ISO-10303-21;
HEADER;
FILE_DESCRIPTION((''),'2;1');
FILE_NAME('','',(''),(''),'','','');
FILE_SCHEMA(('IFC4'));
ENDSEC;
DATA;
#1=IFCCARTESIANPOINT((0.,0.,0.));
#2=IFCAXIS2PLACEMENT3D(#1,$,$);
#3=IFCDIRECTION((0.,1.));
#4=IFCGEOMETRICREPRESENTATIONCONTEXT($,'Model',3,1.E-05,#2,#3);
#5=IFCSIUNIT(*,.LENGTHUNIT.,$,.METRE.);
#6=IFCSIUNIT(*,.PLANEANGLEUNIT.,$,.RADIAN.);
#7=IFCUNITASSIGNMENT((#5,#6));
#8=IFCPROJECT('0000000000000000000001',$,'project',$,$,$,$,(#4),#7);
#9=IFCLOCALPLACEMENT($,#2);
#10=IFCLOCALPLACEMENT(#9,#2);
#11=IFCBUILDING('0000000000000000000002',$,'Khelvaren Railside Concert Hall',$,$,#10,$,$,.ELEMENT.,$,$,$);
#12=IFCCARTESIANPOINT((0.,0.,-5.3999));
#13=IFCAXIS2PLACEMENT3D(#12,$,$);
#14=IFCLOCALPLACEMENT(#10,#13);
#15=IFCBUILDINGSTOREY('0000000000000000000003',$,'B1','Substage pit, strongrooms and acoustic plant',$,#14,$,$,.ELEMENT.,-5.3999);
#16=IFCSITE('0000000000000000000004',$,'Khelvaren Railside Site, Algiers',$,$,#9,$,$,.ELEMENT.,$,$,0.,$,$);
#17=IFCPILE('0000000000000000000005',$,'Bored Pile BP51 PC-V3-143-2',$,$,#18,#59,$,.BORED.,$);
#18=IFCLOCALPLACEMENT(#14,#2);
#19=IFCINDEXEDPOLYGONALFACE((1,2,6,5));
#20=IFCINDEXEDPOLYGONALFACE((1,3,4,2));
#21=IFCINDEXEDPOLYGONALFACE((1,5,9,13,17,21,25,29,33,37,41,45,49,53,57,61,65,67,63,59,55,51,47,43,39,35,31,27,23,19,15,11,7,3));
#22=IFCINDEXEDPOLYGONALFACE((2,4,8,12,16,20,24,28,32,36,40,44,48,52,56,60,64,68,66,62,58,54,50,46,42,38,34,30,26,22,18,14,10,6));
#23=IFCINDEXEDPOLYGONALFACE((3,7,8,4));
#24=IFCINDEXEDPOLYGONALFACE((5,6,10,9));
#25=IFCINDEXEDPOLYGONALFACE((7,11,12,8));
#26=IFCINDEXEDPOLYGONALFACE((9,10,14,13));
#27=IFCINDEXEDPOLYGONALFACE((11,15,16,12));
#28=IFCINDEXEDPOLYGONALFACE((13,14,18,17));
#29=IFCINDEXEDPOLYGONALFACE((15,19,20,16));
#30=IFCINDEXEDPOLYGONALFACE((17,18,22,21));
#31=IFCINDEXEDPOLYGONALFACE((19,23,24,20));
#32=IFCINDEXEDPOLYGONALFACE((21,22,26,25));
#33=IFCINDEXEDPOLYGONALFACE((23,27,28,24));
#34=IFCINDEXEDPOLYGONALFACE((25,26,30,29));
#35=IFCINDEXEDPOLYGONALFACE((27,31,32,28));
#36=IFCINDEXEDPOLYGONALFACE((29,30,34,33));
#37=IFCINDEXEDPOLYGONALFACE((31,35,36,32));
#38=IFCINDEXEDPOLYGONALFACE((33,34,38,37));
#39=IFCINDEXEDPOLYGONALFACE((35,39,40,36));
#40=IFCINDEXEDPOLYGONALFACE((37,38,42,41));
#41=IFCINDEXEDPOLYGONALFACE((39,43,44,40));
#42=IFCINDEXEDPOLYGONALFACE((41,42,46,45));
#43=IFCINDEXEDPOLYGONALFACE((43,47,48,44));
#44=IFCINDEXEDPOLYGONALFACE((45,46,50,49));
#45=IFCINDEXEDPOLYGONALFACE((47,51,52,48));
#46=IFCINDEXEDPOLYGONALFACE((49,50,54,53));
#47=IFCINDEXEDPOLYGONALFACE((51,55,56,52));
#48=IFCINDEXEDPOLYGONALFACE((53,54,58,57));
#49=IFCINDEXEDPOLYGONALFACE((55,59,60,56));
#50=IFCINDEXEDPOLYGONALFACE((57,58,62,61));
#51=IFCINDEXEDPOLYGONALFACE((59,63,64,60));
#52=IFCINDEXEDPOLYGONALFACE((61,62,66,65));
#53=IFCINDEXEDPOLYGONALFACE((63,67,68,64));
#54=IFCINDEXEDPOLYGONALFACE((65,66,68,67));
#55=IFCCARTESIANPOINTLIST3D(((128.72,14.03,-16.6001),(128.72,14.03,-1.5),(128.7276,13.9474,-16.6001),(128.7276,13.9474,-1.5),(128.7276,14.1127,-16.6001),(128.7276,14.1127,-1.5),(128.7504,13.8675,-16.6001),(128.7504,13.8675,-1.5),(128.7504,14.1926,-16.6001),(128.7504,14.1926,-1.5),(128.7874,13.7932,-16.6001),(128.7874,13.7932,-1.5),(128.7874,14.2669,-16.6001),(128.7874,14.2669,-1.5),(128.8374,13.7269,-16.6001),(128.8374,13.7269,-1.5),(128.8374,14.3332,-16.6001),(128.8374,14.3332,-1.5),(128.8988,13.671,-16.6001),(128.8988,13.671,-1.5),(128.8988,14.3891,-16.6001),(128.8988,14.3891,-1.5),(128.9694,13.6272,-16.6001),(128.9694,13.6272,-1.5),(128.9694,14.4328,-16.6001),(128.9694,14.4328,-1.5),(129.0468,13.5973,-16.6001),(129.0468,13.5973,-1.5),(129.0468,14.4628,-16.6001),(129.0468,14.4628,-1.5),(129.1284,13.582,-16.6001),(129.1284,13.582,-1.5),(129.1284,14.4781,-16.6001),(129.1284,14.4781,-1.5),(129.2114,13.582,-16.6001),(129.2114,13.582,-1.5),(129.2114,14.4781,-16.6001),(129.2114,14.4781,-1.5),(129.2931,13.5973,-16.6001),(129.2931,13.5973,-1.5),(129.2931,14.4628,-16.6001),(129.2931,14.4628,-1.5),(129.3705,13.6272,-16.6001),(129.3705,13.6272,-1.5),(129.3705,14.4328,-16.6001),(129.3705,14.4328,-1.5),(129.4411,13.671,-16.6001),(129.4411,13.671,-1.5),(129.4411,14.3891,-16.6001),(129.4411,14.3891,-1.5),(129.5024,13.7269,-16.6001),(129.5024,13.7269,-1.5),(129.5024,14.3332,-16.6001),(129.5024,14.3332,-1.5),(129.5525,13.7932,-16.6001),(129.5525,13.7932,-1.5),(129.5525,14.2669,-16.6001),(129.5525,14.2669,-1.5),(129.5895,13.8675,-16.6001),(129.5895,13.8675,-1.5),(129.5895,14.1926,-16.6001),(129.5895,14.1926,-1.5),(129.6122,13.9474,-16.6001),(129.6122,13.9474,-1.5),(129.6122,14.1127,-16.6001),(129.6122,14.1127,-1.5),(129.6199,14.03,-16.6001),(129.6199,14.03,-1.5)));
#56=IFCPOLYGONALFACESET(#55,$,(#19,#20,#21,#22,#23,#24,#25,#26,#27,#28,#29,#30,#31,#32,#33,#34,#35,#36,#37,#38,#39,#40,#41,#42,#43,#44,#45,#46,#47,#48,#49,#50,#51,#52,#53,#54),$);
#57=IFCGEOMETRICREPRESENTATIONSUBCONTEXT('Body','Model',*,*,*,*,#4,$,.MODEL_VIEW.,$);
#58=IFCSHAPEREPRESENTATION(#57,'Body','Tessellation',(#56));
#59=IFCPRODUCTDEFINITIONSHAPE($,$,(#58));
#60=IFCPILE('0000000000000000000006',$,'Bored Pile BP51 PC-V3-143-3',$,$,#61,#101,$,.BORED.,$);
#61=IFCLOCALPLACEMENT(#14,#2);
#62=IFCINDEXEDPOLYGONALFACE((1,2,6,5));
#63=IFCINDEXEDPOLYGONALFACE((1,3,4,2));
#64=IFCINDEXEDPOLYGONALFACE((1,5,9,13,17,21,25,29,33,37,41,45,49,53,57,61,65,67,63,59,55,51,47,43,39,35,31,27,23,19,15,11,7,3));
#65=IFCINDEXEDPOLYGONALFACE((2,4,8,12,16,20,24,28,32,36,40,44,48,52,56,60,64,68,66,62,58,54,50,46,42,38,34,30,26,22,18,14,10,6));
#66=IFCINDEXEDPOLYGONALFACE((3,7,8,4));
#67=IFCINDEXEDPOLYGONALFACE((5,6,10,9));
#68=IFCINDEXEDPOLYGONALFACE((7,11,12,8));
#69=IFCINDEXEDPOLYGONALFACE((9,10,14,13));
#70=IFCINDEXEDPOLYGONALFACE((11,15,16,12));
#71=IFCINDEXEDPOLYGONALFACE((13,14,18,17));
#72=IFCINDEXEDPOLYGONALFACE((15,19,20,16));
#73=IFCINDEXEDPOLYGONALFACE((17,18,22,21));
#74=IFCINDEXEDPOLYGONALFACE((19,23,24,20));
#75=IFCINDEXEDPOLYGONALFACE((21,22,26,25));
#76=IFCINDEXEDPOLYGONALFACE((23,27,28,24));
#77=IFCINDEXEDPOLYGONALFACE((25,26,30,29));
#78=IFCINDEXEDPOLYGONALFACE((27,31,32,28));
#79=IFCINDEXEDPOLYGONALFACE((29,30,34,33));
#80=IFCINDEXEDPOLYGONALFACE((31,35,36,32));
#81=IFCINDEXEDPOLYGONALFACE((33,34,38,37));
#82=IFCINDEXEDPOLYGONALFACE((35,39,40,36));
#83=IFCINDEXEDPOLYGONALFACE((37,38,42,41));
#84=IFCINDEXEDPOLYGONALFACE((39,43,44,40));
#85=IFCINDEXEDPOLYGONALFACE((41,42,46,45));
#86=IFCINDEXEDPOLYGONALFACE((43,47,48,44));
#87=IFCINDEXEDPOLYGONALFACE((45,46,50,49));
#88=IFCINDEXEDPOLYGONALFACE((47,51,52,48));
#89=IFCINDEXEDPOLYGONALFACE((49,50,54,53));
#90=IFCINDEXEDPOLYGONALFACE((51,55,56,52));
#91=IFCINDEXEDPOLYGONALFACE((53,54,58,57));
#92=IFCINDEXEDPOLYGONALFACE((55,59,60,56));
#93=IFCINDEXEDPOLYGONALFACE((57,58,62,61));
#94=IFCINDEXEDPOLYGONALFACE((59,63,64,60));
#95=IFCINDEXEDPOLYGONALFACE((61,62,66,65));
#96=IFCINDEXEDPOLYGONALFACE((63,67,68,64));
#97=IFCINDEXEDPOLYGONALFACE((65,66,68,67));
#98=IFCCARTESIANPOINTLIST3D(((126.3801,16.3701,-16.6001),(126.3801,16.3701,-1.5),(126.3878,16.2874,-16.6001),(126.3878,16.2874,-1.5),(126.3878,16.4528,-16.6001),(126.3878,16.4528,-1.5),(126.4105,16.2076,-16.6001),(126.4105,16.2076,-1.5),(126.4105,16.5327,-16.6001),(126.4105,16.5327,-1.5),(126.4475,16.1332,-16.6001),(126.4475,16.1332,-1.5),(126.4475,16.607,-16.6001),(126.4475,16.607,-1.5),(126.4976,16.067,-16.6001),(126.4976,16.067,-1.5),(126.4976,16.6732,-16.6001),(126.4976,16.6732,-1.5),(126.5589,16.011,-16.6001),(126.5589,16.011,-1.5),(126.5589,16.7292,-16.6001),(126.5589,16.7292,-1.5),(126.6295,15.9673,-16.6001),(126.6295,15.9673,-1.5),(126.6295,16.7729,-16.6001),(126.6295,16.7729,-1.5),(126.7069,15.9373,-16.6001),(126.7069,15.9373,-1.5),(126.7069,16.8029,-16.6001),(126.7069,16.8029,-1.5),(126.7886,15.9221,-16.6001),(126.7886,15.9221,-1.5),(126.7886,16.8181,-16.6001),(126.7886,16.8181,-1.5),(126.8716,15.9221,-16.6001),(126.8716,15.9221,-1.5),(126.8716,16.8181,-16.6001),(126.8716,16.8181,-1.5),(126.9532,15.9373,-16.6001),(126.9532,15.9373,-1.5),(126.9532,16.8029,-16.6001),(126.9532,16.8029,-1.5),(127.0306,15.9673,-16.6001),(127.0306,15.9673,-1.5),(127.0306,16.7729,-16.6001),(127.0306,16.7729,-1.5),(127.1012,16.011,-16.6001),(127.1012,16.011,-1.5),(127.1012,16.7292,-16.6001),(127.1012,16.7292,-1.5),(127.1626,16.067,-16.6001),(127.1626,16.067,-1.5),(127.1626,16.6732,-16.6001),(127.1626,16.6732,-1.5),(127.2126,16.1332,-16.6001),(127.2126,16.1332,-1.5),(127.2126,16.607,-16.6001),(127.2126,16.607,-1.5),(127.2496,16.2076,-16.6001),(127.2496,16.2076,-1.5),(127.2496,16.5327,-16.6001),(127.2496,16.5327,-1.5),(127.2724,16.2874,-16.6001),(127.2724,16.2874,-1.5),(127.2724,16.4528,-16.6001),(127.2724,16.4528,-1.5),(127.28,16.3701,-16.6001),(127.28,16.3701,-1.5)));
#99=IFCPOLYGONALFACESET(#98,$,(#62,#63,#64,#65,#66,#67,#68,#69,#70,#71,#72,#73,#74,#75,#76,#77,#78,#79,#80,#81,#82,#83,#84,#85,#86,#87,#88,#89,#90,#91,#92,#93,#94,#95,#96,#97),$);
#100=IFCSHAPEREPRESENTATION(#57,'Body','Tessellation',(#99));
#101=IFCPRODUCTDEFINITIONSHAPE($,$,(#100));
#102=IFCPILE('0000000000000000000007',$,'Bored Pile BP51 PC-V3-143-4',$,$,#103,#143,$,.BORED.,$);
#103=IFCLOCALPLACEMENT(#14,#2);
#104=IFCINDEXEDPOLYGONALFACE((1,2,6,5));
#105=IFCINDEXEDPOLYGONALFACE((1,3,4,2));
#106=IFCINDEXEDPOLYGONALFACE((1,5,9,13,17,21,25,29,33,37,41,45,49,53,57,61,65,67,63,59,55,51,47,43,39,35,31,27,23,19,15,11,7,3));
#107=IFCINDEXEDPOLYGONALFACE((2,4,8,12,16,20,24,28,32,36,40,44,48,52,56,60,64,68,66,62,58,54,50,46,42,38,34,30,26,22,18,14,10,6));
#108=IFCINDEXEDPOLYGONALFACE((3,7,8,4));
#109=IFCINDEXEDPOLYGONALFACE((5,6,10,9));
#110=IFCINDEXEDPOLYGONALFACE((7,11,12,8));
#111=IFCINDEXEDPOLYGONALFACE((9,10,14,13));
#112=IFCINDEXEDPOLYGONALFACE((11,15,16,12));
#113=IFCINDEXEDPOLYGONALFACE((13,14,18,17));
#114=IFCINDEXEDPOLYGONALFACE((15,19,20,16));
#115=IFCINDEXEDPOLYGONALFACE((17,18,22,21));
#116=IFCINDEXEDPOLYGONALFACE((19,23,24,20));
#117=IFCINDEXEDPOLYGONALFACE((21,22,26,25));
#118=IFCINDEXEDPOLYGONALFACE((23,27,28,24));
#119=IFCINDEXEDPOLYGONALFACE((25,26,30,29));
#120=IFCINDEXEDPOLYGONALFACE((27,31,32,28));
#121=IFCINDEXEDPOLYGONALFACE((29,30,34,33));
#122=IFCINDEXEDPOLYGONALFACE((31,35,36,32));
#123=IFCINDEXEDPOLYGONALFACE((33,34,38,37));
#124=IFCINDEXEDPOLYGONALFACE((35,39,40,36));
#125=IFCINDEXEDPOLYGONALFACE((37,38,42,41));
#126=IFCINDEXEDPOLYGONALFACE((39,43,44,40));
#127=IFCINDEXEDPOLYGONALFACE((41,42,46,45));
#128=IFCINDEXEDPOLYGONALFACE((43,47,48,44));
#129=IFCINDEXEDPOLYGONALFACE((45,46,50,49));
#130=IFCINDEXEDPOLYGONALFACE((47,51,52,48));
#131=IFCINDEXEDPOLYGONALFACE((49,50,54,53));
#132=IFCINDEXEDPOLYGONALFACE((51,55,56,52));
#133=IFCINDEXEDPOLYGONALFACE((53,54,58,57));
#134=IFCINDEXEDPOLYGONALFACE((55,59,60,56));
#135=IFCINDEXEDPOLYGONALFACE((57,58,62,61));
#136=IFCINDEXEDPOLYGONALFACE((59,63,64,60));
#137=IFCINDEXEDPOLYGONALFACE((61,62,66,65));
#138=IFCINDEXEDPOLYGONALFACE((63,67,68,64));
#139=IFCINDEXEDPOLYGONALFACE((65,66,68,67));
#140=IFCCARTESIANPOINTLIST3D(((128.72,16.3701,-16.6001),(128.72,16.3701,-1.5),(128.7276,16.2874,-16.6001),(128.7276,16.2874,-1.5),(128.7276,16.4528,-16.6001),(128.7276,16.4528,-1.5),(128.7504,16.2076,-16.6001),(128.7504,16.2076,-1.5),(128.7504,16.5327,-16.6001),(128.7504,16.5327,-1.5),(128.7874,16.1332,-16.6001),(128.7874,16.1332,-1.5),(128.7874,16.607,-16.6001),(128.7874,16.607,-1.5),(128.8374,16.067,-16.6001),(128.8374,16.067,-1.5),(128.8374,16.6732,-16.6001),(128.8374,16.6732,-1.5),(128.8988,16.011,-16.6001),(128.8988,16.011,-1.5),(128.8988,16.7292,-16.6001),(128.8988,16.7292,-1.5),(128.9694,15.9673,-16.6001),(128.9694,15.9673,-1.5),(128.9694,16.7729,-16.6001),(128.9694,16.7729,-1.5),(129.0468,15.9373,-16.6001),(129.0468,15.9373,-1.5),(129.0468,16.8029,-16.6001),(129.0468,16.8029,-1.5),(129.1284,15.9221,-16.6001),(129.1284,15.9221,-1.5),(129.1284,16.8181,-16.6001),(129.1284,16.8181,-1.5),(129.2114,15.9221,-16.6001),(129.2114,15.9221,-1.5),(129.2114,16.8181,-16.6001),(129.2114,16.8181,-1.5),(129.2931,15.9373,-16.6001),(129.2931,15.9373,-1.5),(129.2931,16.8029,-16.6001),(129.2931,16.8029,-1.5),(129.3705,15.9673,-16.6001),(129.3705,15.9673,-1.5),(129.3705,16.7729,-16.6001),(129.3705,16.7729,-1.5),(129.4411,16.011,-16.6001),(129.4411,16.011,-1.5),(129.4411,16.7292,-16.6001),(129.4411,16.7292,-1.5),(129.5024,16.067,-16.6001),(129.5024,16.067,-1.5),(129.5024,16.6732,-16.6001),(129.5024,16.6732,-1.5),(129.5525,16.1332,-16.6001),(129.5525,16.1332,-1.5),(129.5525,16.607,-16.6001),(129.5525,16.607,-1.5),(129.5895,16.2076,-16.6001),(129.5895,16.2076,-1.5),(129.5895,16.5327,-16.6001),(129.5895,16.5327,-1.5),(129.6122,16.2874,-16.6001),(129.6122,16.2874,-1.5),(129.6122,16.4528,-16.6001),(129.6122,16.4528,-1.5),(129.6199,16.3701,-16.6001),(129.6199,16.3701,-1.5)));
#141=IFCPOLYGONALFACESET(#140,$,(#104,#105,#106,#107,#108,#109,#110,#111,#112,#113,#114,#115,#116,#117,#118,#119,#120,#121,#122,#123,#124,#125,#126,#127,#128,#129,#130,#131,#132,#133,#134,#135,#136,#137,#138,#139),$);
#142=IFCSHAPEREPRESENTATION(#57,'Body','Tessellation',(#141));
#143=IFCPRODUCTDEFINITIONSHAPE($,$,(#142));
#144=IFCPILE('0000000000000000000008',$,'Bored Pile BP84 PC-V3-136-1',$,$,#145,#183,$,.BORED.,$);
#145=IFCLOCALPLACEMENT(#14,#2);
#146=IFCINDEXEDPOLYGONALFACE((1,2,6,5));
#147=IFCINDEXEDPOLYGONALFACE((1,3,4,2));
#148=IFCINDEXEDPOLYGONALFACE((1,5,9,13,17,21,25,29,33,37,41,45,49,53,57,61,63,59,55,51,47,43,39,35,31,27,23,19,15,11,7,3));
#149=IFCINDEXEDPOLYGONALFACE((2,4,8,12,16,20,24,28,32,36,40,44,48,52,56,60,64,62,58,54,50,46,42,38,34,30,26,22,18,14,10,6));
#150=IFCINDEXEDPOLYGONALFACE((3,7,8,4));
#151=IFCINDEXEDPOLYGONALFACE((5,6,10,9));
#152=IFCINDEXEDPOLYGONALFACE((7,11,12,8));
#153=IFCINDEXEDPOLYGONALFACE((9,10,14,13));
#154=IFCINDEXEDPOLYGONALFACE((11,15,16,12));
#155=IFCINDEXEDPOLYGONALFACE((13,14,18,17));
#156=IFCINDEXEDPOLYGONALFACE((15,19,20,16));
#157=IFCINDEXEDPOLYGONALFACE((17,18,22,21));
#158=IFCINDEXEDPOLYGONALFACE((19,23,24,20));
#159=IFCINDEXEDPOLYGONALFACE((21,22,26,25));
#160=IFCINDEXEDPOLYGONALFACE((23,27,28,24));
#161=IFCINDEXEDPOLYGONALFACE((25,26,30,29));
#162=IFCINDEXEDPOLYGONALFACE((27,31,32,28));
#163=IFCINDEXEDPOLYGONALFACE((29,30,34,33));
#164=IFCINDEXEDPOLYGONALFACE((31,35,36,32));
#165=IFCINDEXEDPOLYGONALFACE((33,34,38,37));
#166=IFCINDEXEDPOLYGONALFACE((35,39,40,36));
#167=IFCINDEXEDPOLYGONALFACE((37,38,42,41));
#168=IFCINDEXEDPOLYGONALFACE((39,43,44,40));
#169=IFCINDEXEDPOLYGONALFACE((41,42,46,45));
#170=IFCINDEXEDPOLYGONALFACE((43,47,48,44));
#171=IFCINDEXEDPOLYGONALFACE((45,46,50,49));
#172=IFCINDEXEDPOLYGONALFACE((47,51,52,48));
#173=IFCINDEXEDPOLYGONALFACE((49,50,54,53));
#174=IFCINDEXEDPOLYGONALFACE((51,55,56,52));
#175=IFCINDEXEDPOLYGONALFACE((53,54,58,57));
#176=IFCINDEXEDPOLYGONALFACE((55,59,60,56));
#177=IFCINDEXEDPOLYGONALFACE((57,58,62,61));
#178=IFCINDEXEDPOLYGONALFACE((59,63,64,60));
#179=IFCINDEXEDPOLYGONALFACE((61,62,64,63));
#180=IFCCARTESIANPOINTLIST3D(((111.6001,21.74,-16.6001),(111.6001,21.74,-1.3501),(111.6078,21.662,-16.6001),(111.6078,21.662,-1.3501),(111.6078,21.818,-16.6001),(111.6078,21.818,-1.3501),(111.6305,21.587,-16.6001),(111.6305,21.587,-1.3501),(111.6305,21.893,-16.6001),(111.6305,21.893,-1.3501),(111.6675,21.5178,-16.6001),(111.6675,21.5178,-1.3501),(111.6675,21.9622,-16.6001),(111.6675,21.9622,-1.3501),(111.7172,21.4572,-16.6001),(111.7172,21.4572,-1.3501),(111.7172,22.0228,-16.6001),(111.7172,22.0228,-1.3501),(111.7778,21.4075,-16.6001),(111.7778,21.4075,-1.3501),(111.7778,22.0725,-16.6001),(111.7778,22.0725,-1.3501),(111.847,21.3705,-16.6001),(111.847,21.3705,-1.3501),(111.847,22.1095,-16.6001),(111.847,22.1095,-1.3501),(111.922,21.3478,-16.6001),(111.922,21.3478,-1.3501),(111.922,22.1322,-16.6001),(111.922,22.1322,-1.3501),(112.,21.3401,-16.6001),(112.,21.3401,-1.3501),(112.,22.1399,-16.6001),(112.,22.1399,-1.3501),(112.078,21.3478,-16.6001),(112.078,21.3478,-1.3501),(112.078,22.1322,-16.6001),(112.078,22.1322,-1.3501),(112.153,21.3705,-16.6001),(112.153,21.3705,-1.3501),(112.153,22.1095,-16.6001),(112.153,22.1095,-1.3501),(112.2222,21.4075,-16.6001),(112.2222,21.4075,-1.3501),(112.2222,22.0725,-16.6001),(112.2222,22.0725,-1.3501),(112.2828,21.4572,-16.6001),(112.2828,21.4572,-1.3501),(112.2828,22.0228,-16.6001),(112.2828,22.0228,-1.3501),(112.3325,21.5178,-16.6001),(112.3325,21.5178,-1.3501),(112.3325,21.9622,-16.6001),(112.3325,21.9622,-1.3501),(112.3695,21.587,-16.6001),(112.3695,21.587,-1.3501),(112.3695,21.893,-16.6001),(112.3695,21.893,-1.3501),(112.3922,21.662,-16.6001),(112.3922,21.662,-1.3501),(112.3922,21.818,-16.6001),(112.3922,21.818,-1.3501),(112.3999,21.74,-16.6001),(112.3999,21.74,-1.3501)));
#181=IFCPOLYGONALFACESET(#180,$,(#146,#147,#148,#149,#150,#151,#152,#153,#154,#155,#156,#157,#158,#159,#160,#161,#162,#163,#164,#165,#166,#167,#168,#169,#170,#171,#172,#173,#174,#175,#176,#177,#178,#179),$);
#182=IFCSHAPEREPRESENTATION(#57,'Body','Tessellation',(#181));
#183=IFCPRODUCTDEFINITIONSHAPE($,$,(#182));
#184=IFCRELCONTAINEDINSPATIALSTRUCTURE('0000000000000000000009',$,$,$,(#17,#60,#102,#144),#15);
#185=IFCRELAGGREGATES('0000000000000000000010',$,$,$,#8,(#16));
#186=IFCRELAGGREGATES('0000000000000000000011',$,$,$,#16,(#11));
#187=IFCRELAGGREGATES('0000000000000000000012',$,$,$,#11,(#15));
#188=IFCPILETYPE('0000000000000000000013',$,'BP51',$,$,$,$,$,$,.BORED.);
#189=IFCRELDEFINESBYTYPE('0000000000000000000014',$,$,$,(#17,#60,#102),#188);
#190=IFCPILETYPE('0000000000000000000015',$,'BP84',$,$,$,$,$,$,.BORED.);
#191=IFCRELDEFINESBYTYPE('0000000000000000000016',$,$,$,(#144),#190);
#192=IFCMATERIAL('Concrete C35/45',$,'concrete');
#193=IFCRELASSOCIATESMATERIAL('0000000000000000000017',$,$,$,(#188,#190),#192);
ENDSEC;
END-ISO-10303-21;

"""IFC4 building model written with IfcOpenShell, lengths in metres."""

from ifc_helpers import new_model, si_unit, direction, frame, origin, origin_2d, place, context, subcontext, project, spatial, circle, extrude, material, material_profile, profile_set, type_object, element, save


model = new_model("IFC4")

# Units and contexts
model_context = context("Model", 3, precision=1e-05, world=origin(), true_north=direction((0.0, 1.0)))
body_context = subcontext(model_context, "Body", "Model", "MODEL_VIEW")
ifc_project = project(units=[si_unit("LENGTHUNIT", "METRE"), si_unit("PLANEANGLEUNIT", "RADIAN")], contexts=[model_context])

# Site, building, storey
site_placement = place(None, origin())
site = spatial("IfcSite", under=ifc_project, at=site_placement, Name="Khelvaren Railside Site, Algiers", CompositionType="ELEMENT", RefElevation=0.0)
building_placement = place(site_placement, origin())
building = spatial("IfcBuilding", under=site, at=building_placement, Name="Khelvaren Railside Concert Hall", CompositionType="ELEMENT")
storey_placement = place(building_placement, frame((0.0, 0.0, -5.3999)))
storey = spatial("IfcBuildingStorey", under=building, at=storey_placement, Name="B1", Description="Substage pit, strongrooms and acoustic plant", CompositionType="ELEMENT", Elevation=-5.3999)

# Piles
ifc_material_1 = material(Name="Concrete C35/45", Category="concrete")
ifc_material_profile_1 = material_profile(ifc_material_1, circle(Radius=0.45, at=origin_2d()), Name="BP D900")
ifc_profile_set_1 = profile_set([ifc_material_profile_1], Name="Concrete C35/45")
pile_type_1 = type_object("IfcPileType", Name="BP51", PredefinedType="BORED", material=ifc_profile_set_1)
for number, where, z_axis, x_axis, name in (
    (1, (129.1699, 14.03, -1.5), (0.0, 0.0, -1.0), (1.0, 0.0, 0.0), "Bored Pile BP51 PC-V3-143-2"),
    (2, (126.8301, 16.3701, -1.5), (0.0, 0.0, -1.0), (1.0, 0.0, 0.0), "Bored Pile BP51 PC-V3-143-3"),
    (3, (129.1699, 16.3701, -1.5), (0.0, 0.0, -1.0), (1.0, 0.0, 0.0), "Bored Pile BP51 PC-V3-143-4"),
):
    element("IfcPile", number, at=place(storey_placement, frame(where, z_axis=z_axis, x_axis=x_axis)), inside=storey, type_object=pile_type_1, Name=name, PredefinedType="BORED", context=body_context, shape_type="SweptSolid", body=[
        extrude(circle(Radius=0.45, at=origin_2d()), origin(), (0.0, 0.0, 1.0), 15.1001),
    ])
ifc_material_profile_2 = material_profile(ifc_material_1, circle(Radius=0.3999, at=origin_2d()), Name="BP D800")
ifc_profile_set_2 = profile_set([ifc_material_profile_2], Name="Concrete C35/45")
pile_type_2 = type_object("IfcPileType", Name="BP84", PredefinedType="BORED", material=ifc_profile_set_2)
pile_placement = place(storey_placement, frame((112.0, 21.74, -1.3501), z_axis=(0.0, 0.0, -1.0), x_axis=(1.0, 0.0, 0.0)))
element("IfcPile", 4, at=pile_placement, inside=storey, type_object=pile_type_2, Name="Bored Pile BP84 PC-V3-136-1", PredefinedType="BORED", context=body_context, shape_type="SweptSolid", body=[
    extrude(circle(Radius=0.3999, at=origin_2d()), origin(), (0.0, 0.0, 1.0), 15.25),
])

save(model, "model.ifc")
